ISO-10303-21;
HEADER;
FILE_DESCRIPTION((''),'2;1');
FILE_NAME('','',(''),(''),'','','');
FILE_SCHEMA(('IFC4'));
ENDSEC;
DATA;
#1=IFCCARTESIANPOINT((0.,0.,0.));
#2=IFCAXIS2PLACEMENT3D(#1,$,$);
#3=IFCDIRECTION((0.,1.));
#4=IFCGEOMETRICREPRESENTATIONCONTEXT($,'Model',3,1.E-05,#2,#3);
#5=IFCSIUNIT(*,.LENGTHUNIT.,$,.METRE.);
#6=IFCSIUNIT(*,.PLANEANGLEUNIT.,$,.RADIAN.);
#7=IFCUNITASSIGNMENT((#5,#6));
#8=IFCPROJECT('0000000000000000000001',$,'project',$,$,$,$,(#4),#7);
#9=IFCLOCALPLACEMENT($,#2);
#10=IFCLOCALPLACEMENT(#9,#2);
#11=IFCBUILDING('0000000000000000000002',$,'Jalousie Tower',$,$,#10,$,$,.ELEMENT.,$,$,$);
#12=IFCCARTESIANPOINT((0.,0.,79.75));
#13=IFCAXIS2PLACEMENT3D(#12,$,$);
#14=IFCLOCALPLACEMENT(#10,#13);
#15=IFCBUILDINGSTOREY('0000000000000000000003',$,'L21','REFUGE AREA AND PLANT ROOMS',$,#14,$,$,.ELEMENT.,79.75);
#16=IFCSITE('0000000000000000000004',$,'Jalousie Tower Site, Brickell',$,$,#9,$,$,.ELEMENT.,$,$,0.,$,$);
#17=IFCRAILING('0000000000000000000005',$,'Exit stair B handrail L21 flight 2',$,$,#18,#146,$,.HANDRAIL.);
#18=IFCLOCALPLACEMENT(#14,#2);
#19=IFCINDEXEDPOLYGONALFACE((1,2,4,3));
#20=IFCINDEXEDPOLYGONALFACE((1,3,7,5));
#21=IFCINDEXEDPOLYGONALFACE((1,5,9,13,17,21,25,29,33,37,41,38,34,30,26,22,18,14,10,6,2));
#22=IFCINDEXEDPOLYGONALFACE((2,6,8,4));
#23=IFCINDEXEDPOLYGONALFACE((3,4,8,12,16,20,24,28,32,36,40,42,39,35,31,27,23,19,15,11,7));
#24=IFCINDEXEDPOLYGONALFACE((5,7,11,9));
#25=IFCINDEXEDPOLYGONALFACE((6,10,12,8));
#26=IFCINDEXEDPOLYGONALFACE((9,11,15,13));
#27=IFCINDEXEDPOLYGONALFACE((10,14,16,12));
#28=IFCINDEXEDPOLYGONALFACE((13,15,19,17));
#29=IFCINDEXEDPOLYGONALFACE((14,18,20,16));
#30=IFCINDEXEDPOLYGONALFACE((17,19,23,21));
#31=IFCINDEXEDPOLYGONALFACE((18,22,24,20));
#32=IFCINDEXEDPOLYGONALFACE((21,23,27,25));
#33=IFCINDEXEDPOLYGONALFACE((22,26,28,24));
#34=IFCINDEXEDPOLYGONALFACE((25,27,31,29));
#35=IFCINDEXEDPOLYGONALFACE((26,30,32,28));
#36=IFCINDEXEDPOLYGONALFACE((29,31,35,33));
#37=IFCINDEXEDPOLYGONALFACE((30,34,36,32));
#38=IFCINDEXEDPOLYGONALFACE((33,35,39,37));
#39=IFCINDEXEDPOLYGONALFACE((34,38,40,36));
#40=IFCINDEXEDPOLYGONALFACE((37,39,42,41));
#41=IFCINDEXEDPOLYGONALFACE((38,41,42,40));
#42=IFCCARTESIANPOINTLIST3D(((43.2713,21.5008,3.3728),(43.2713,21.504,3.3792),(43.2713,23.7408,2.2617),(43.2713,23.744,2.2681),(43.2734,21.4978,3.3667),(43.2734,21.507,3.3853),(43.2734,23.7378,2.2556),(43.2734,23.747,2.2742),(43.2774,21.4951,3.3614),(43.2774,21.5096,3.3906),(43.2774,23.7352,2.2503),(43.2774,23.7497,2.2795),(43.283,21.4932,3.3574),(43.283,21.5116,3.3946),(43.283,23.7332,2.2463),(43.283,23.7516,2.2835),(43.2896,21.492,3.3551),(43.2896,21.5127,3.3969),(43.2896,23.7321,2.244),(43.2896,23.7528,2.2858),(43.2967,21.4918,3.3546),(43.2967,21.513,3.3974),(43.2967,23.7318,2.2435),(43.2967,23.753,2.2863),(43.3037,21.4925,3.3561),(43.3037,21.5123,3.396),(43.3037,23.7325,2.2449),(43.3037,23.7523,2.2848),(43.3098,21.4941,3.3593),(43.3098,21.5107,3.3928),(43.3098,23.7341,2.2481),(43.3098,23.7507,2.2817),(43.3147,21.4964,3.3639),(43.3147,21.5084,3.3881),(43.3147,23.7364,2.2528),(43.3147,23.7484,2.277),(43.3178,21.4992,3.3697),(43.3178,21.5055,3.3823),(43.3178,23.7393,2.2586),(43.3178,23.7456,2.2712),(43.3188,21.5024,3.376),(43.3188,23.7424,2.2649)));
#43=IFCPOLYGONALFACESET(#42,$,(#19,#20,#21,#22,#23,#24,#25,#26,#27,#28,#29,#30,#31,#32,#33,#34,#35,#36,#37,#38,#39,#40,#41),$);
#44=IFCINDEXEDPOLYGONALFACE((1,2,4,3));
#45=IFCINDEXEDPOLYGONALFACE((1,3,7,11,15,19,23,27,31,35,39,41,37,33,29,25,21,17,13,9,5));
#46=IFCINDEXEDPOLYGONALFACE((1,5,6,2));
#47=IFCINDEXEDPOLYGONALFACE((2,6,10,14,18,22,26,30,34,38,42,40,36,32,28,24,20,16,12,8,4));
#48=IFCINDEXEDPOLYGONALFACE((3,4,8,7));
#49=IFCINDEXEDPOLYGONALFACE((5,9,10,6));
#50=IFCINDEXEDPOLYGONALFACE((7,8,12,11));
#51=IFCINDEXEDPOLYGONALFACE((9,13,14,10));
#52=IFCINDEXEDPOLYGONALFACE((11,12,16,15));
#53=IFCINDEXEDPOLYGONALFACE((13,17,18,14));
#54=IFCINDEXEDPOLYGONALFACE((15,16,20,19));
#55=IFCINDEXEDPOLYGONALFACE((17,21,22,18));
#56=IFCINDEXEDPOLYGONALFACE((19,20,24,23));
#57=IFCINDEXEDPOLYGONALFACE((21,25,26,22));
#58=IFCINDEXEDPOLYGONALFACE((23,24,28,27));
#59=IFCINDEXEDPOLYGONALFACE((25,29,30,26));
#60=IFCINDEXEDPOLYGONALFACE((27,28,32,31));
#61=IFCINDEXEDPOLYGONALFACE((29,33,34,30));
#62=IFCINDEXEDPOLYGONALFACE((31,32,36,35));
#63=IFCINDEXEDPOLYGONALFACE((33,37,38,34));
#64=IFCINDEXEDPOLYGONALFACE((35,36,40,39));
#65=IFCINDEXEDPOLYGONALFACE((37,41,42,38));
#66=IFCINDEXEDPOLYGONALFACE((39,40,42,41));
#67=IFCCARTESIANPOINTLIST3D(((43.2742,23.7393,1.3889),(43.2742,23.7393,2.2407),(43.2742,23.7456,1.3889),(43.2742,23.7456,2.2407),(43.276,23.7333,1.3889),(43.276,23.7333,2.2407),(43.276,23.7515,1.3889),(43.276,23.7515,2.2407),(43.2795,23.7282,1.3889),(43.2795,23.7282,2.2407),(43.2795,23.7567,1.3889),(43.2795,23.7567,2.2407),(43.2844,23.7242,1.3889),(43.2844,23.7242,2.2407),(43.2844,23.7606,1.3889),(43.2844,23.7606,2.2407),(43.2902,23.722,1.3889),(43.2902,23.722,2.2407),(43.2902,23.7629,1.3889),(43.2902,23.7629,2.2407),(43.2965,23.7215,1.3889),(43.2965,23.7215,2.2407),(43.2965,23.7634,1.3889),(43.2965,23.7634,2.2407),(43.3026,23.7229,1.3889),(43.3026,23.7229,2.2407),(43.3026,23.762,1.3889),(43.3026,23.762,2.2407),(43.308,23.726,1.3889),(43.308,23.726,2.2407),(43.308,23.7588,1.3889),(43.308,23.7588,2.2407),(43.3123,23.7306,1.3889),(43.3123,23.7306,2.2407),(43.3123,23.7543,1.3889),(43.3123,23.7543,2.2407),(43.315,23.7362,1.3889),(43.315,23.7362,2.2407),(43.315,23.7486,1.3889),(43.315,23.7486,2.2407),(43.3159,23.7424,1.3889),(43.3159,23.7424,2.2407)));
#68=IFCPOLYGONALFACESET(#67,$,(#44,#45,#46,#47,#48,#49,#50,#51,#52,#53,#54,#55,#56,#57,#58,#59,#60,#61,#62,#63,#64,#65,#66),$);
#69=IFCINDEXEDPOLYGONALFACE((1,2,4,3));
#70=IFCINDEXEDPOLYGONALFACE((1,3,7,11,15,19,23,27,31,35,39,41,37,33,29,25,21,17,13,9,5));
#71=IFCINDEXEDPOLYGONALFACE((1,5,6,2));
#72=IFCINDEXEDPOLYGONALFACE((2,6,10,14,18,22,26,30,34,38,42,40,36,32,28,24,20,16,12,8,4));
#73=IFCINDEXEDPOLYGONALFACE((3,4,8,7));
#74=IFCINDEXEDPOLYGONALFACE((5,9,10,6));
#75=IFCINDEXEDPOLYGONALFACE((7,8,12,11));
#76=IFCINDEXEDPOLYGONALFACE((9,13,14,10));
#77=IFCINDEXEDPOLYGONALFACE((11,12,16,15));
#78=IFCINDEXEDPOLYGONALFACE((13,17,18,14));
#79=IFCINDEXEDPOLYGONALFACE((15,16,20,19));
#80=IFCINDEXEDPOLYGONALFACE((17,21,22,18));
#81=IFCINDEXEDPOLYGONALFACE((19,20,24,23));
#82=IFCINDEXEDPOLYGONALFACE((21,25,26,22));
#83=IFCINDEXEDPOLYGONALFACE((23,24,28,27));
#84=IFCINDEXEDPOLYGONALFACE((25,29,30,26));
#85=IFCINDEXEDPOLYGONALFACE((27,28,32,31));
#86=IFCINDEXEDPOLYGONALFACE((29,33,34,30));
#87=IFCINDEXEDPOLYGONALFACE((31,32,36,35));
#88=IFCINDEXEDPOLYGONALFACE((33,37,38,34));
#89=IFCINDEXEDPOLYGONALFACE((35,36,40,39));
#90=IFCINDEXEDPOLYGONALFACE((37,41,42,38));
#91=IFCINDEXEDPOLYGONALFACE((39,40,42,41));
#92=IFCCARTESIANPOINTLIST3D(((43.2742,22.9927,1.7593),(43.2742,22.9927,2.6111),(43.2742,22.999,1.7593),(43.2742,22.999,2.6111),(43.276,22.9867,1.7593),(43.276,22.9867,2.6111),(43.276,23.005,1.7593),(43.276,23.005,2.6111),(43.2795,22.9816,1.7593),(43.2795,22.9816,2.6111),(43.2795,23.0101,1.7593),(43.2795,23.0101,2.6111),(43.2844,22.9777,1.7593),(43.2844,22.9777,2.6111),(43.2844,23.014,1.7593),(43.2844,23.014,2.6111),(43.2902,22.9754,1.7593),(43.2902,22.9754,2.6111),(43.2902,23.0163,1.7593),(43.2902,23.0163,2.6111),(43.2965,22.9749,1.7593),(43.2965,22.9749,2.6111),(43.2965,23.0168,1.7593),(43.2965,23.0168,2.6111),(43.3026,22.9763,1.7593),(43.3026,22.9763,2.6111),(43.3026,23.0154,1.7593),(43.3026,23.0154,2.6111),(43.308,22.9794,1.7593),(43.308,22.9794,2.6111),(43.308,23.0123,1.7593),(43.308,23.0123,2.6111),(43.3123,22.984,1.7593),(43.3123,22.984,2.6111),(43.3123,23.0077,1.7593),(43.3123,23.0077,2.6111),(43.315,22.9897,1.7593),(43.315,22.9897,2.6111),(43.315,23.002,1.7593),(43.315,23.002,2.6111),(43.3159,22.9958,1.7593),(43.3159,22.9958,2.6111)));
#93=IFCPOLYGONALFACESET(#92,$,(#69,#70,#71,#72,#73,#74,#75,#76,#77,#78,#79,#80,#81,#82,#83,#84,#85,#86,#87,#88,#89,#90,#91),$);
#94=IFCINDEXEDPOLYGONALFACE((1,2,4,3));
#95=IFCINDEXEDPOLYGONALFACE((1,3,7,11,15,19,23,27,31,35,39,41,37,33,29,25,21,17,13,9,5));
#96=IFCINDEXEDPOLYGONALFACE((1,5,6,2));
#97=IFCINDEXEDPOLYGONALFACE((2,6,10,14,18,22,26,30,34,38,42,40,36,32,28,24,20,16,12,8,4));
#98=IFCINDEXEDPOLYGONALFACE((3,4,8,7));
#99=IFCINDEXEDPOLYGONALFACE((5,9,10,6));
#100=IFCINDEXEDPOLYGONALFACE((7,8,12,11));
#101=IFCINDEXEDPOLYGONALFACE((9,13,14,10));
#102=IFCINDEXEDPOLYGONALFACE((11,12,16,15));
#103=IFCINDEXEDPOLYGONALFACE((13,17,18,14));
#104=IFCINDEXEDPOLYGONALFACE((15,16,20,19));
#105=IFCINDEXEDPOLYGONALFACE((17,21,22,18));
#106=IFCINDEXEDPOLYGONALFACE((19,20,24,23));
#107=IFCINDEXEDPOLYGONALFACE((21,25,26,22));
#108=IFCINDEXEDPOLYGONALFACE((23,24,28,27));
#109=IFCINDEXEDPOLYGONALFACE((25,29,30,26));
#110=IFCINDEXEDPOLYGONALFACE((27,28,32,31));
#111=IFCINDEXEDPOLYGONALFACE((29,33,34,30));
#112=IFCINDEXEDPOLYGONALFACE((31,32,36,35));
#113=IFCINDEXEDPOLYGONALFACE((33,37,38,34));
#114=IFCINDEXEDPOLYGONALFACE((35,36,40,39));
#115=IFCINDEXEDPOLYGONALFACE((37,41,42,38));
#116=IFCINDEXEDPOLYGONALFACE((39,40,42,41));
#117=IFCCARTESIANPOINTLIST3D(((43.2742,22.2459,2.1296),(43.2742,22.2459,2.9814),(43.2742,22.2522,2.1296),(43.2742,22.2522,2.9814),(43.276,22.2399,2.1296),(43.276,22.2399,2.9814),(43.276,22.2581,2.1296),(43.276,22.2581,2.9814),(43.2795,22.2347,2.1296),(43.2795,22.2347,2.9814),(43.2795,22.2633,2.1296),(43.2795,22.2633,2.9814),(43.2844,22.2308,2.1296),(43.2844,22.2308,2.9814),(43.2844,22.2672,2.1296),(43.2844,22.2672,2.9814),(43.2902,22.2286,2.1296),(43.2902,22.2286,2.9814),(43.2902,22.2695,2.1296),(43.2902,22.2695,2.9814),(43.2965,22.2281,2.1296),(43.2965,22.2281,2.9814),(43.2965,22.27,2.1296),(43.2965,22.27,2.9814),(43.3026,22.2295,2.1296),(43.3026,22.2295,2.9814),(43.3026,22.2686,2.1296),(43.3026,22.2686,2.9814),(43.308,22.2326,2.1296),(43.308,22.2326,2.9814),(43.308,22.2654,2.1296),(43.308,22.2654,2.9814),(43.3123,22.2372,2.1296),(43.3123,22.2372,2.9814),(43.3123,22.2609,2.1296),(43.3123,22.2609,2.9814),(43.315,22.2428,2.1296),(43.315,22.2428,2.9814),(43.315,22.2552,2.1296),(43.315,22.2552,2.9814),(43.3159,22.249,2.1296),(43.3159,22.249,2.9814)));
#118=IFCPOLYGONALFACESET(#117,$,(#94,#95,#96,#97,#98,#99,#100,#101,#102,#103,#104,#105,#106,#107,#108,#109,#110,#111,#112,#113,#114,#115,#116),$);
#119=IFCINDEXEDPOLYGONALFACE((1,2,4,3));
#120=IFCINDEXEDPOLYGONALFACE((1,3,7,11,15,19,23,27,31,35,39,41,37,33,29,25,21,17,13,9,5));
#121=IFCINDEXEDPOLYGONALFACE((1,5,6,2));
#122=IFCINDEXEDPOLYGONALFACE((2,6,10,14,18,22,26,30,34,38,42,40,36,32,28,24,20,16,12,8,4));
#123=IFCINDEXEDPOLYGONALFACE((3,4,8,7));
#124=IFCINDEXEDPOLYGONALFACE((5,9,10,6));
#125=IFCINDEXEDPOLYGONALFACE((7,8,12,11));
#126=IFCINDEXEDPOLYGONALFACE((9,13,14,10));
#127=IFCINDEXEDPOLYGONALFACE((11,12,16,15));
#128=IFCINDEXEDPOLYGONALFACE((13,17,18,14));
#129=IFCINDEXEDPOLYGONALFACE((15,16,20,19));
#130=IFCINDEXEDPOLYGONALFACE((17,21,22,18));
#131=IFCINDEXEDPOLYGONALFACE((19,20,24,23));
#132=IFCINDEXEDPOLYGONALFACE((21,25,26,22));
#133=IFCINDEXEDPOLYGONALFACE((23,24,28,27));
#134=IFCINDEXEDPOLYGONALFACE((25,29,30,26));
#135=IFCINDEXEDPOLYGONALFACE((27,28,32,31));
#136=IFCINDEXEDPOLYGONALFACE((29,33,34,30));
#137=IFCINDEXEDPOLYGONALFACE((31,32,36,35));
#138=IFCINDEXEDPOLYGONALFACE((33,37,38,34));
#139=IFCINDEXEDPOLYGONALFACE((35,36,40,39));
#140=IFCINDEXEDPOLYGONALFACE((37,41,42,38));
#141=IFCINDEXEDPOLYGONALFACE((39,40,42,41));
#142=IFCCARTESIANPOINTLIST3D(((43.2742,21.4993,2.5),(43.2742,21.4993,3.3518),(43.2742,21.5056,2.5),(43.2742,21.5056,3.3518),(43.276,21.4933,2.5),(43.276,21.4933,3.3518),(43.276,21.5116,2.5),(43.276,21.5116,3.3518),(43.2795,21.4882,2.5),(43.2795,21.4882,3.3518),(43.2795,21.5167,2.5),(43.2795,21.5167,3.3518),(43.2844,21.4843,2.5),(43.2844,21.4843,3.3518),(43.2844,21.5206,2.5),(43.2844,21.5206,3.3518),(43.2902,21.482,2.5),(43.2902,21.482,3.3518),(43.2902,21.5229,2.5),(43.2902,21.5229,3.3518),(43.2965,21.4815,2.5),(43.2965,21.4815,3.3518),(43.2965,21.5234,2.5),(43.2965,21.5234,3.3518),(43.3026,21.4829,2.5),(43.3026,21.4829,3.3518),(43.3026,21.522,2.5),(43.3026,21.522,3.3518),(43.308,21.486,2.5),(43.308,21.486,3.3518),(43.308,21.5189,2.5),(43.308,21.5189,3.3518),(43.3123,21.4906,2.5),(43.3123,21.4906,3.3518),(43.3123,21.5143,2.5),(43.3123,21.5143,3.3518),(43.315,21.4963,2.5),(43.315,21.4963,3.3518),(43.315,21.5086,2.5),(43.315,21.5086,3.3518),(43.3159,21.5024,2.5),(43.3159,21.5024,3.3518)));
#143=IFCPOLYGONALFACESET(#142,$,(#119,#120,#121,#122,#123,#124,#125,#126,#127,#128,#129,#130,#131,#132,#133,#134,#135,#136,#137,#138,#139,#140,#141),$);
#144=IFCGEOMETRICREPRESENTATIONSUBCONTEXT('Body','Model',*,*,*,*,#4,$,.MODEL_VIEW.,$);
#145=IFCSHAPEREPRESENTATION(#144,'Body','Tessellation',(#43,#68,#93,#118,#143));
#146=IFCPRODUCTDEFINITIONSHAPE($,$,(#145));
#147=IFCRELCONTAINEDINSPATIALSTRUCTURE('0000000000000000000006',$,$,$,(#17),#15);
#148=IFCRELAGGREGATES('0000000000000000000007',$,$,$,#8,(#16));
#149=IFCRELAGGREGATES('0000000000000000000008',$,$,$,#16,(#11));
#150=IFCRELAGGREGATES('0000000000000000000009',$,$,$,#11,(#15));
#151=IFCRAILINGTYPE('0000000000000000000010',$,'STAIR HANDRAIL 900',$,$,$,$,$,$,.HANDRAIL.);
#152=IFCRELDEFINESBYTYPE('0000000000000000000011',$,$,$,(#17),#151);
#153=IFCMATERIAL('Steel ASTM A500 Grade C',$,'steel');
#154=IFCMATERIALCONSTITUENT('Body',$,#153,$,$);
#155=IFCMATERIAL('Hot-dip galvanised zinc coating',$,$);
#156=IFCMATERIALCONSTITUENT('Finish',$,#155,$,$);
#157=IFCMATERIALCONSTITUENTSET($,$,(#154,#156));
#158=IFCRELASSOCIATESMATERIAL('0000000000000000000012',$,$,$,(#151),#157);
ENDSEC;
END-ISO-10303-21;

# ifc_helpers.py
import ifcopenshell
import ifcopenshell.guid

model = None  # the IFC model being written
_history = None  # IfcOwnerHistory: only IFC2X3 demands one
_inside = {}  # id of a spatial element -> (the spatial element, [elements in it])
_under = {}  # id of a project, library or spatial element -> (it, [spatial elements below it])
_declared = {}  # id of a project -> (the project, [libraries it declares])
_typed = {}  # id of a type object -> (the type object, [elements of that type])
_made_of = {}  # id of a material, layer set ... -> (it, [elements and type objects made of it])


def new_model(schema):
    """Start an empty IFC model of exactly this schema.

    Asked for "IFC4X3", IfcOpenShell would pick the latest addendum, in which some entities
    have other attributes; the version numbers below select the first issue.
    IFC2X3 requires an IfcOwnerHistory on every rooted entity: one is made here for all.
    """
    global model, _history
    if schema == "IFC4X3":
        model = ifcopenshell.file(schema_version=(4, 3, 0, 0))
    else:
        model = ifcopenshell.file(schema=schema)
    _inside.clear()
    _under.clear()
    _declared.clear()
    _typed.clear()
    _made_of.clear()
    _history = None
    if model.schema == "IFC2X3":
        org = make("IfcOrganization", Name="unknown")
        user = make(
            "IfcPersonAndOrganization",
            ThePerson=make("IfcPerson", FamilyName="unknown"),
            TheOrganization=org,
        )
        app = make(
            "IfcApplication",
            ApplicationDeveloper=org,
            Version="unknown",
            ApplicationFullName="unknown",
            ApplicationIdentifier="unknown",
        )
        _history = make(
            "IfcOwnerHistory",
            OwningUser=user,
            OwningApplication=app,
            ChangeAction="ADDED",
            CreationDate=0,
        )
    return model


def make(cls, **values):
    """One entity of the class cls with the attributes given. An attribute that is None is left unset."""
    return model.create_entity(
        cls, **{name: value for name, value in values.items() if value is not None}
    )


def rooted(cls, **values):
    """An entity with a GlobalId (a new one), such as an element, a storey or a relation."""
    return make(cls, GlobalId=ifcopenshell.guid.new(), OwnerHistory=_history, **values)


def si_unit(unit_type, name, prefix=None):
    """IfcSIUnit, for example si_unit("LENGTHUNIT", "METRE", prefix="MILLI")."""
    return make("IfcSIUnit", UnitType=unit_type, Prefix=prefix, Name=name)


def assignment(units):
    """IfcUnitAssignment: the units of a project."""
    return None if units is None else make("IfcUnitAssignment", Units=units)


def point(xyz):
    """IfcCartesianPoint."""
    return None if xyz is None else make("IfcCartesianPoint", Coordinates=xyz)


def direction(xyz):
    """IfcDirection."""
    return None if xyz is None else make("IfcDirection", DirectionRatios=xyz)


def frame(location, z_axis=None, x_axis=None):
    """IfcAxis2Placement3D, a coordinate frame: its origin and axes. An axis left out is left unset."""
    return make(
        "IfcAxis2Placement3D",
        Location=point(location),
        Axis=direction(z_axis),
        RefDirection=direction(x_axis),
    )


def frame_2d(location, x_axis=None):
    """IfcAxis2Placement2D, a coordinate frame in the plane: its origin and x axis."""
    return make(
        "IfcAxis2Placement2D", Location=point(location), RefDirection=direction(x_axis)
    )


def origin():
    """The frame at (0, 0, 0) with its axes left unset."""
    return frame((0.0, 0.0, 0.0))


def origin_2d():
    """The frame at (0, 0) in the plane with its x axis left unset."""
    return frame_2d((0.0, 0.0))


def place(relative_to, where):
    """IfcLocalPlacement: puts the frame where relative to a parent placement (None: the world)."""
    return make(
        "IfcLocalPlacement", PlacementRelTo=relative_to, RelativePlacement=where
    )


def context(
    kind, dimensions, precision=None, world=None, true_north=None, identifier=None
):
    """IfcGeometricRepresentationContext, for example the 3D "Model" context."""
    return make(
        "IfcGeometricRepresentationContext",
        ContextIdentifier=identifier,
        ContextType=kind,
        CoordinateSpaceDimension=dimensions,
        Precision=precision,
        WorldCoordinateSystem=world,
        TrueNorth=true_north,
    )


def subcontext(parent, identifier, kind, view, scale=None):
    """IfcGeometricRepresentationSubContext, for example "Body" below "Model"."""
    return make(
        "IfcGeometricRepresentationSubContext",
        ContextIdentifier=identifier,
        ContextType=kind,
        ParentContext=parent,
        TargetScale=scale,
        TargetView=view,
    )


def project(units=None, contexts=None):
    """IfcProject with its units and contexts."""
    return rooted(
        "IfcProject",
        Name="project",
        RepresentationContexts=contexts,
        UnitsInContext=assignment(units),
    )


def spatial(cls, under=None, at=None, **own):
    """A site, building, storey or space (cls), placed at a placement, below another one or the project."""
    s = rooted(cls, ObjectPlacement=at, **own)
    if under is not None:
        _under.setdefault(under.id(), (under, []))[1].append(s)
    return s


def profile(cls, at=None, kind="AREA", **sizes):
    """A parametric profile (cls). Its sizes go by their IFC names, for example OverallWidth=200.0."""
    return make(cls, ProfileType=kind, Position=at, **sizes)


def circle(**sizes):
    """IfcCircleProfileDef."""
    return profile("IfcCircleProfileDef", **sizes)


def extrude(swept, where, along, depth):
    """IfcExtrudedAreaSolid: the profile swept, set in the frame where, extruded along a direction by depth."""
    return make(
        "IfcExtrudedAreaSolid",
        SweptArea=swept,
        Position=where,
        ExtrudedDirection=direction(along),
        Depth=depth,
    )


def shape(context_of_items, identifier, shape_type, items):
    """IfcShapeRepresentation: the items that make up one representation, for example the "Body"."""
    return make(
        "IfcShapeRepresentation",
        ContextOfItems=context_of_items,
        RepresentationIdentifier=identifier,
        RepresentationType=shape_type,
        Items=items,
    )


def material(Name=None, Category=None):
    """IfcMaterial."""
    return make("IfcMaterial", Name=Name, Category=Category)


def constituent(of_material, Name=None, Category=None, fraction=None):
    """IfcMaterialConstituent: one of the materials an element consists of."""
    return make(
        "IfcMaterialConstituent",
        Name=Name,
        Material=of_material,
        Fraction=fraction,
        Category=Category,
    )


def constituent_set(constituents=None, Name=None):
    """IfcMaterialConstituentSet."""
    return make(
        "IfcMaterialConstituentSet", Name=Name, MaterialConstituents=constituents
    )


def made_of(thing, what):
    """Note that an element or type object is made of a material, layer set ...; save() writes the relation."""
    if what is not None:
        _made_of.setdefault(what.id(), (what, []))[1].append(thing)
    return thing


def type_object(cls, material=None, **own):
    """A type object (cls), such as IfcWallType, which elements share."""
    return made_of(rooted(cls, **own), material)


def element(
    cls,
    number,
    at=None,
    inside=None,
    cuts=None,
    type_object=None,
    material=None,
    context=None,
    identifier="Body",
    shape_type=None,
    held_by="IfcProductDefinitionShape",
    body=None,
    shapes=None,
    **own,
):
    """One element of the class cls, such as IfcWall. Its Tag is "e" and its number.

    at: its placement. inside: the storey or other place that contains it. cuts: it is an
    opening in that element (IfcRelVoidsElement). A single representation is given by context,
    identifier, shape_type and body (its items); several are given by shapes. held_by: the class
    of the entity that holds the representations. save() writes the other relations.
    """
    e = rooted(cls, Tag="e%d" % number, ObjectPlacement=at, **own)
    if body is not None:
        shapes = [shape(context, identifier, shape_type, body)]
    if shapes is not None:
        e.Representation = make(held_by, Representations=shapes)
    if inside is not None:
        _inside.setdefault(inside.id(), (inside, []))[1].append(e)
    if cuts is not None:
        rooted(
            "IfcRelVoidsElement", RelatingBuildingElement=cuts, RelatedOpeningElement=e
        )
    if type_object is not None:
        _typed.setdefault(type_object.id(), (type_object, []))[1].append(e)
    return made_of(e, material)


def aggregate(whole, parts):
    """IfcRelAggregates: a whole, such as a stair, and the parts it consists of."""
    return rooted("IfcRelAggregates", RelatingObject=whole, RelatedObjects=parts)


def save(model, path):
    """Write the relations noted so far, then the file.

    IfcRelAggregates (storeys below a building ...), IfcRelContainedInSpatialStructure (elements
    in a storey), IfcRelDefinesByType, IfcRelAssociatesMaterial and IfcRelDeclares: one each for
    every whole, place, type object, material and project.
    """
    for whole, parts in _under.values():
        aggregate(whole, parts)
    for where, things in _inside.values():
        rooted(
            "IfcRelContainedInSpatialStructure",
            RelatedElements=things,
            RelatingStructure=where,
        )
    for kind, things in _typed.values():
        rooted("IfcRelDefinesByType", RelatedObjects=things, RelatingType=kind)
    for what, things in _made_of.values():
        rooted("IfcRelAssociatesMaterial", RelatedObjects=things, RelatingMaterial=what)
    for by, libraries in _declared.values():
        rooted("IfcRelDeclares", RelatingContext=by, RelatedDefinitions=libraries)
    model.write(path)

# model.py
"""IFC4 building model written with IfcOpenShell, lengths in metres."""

from ifc_helpers import new_model, si_unit, direction, frame, origin, origin_2d, place, context, subcontext, project, spatial, circle, extrude, material, constituent, constituent_set, type_object, element, save


model = new_model("IFC4")

# Units and contexts
model_context = context("Model", 3, precision=1e-05, world=origin(), true_north=direction((0.0, 1.0)))
body_context = subcontext(model_context, "Body", "Model", "MODEL_VIEW")
ifc_project = project(units=[si_unit("LENGTHUNIT", "METRE"), si_unit("PLANEANGLEUNIT", "RADIAN")], contexts=[model_context])

# Site, building, storey
site_placement = place(None, origin())
site = spatial("IfcSite", under=ifc_project, at=site_placement, Name="Jalousie Tower Site, Brickell", CompositionType="ELEMENT", RefElevation=0.0)
building_placement = place(site_placement, origin())
building = spatial("IfcBuilding", under=site, at=building_placement, Name="Jalousie Tower", CompositionType="ELEMENT")
storey_placement = place(building_placement, frame((0.0, 0.0, 79.75)))
storey = spatial("IfcBuildingStorey", under=building, at=storey_placement, Name="L21", Description="REFUGE AREA AND PLANT ROOMS", CompositionType="ELEMENT", Elevation=79.75)

# Railing
ifc_material_1 = material(Name="Steel ASTM A500 Grade C", Category="steel")
ifc_constituent_1 = constituent(ifc_material_1, Name="Body")
ifc_material_2 = material(Name="Hot-dip galvanised zinc coating")
ifc_constituent_2 = constituent(ifc_material_2, Name="Finish")
ifc_constituent_set_1 = constituent_set(constituents=[ifc_constituent_1, ifc_constituent_2])
railing_type_1 = type_object("IfcRailingType", Name="STAIR HANDRAIL 900", PredefinedType="HANDRAIL", material=ifc_constituent_set_1)
railing_1_placement = place(storey_placement, frame((43.2949, 23.7424, 1.3889)))
element("IfcRailing", 1, at=railing_1_placement, inside=storey, type_object=railing_type_1, Name="Exit stair B handrail L21 flight 2", PredefinedType="HANDRAIL", context=body_context, shape_type="SweptSolid", body=[
    extrude(circle(Radius=0.0239, at=origin_2d()), frame((0.0, 0.0, 0.876), z_axis=(0.0, -0.895848, 0.44436), x_axis=(1.0, 0.0, 0.0)), (0.0, 0.0, 1.0), 2.5005),
    extrude(circle(Radius=0.021, at=origin_2d()), origin(), (0.0, 0.0, 1.0), 0.8518),
    extrude(circle(Radius=0.021, at=origin_2d()), frame((0.0, -0.7466, 0.3704)), (0.0, 0.0, 1.0), 0.8518),
    extrude(circle(Radius=0.021, at=origin_2d()), frame((0.0, -1.4934, 0.7407)), (0.0, 0.0, 1.0), 0.8518),
    extrude(circle(Radius=0.021, at=origin_2d()), frame((0.0, -2.24, 1.1111)), (0.0, 0.0, 1.0), 0.8518),
])

save(model, "model.ifc")
